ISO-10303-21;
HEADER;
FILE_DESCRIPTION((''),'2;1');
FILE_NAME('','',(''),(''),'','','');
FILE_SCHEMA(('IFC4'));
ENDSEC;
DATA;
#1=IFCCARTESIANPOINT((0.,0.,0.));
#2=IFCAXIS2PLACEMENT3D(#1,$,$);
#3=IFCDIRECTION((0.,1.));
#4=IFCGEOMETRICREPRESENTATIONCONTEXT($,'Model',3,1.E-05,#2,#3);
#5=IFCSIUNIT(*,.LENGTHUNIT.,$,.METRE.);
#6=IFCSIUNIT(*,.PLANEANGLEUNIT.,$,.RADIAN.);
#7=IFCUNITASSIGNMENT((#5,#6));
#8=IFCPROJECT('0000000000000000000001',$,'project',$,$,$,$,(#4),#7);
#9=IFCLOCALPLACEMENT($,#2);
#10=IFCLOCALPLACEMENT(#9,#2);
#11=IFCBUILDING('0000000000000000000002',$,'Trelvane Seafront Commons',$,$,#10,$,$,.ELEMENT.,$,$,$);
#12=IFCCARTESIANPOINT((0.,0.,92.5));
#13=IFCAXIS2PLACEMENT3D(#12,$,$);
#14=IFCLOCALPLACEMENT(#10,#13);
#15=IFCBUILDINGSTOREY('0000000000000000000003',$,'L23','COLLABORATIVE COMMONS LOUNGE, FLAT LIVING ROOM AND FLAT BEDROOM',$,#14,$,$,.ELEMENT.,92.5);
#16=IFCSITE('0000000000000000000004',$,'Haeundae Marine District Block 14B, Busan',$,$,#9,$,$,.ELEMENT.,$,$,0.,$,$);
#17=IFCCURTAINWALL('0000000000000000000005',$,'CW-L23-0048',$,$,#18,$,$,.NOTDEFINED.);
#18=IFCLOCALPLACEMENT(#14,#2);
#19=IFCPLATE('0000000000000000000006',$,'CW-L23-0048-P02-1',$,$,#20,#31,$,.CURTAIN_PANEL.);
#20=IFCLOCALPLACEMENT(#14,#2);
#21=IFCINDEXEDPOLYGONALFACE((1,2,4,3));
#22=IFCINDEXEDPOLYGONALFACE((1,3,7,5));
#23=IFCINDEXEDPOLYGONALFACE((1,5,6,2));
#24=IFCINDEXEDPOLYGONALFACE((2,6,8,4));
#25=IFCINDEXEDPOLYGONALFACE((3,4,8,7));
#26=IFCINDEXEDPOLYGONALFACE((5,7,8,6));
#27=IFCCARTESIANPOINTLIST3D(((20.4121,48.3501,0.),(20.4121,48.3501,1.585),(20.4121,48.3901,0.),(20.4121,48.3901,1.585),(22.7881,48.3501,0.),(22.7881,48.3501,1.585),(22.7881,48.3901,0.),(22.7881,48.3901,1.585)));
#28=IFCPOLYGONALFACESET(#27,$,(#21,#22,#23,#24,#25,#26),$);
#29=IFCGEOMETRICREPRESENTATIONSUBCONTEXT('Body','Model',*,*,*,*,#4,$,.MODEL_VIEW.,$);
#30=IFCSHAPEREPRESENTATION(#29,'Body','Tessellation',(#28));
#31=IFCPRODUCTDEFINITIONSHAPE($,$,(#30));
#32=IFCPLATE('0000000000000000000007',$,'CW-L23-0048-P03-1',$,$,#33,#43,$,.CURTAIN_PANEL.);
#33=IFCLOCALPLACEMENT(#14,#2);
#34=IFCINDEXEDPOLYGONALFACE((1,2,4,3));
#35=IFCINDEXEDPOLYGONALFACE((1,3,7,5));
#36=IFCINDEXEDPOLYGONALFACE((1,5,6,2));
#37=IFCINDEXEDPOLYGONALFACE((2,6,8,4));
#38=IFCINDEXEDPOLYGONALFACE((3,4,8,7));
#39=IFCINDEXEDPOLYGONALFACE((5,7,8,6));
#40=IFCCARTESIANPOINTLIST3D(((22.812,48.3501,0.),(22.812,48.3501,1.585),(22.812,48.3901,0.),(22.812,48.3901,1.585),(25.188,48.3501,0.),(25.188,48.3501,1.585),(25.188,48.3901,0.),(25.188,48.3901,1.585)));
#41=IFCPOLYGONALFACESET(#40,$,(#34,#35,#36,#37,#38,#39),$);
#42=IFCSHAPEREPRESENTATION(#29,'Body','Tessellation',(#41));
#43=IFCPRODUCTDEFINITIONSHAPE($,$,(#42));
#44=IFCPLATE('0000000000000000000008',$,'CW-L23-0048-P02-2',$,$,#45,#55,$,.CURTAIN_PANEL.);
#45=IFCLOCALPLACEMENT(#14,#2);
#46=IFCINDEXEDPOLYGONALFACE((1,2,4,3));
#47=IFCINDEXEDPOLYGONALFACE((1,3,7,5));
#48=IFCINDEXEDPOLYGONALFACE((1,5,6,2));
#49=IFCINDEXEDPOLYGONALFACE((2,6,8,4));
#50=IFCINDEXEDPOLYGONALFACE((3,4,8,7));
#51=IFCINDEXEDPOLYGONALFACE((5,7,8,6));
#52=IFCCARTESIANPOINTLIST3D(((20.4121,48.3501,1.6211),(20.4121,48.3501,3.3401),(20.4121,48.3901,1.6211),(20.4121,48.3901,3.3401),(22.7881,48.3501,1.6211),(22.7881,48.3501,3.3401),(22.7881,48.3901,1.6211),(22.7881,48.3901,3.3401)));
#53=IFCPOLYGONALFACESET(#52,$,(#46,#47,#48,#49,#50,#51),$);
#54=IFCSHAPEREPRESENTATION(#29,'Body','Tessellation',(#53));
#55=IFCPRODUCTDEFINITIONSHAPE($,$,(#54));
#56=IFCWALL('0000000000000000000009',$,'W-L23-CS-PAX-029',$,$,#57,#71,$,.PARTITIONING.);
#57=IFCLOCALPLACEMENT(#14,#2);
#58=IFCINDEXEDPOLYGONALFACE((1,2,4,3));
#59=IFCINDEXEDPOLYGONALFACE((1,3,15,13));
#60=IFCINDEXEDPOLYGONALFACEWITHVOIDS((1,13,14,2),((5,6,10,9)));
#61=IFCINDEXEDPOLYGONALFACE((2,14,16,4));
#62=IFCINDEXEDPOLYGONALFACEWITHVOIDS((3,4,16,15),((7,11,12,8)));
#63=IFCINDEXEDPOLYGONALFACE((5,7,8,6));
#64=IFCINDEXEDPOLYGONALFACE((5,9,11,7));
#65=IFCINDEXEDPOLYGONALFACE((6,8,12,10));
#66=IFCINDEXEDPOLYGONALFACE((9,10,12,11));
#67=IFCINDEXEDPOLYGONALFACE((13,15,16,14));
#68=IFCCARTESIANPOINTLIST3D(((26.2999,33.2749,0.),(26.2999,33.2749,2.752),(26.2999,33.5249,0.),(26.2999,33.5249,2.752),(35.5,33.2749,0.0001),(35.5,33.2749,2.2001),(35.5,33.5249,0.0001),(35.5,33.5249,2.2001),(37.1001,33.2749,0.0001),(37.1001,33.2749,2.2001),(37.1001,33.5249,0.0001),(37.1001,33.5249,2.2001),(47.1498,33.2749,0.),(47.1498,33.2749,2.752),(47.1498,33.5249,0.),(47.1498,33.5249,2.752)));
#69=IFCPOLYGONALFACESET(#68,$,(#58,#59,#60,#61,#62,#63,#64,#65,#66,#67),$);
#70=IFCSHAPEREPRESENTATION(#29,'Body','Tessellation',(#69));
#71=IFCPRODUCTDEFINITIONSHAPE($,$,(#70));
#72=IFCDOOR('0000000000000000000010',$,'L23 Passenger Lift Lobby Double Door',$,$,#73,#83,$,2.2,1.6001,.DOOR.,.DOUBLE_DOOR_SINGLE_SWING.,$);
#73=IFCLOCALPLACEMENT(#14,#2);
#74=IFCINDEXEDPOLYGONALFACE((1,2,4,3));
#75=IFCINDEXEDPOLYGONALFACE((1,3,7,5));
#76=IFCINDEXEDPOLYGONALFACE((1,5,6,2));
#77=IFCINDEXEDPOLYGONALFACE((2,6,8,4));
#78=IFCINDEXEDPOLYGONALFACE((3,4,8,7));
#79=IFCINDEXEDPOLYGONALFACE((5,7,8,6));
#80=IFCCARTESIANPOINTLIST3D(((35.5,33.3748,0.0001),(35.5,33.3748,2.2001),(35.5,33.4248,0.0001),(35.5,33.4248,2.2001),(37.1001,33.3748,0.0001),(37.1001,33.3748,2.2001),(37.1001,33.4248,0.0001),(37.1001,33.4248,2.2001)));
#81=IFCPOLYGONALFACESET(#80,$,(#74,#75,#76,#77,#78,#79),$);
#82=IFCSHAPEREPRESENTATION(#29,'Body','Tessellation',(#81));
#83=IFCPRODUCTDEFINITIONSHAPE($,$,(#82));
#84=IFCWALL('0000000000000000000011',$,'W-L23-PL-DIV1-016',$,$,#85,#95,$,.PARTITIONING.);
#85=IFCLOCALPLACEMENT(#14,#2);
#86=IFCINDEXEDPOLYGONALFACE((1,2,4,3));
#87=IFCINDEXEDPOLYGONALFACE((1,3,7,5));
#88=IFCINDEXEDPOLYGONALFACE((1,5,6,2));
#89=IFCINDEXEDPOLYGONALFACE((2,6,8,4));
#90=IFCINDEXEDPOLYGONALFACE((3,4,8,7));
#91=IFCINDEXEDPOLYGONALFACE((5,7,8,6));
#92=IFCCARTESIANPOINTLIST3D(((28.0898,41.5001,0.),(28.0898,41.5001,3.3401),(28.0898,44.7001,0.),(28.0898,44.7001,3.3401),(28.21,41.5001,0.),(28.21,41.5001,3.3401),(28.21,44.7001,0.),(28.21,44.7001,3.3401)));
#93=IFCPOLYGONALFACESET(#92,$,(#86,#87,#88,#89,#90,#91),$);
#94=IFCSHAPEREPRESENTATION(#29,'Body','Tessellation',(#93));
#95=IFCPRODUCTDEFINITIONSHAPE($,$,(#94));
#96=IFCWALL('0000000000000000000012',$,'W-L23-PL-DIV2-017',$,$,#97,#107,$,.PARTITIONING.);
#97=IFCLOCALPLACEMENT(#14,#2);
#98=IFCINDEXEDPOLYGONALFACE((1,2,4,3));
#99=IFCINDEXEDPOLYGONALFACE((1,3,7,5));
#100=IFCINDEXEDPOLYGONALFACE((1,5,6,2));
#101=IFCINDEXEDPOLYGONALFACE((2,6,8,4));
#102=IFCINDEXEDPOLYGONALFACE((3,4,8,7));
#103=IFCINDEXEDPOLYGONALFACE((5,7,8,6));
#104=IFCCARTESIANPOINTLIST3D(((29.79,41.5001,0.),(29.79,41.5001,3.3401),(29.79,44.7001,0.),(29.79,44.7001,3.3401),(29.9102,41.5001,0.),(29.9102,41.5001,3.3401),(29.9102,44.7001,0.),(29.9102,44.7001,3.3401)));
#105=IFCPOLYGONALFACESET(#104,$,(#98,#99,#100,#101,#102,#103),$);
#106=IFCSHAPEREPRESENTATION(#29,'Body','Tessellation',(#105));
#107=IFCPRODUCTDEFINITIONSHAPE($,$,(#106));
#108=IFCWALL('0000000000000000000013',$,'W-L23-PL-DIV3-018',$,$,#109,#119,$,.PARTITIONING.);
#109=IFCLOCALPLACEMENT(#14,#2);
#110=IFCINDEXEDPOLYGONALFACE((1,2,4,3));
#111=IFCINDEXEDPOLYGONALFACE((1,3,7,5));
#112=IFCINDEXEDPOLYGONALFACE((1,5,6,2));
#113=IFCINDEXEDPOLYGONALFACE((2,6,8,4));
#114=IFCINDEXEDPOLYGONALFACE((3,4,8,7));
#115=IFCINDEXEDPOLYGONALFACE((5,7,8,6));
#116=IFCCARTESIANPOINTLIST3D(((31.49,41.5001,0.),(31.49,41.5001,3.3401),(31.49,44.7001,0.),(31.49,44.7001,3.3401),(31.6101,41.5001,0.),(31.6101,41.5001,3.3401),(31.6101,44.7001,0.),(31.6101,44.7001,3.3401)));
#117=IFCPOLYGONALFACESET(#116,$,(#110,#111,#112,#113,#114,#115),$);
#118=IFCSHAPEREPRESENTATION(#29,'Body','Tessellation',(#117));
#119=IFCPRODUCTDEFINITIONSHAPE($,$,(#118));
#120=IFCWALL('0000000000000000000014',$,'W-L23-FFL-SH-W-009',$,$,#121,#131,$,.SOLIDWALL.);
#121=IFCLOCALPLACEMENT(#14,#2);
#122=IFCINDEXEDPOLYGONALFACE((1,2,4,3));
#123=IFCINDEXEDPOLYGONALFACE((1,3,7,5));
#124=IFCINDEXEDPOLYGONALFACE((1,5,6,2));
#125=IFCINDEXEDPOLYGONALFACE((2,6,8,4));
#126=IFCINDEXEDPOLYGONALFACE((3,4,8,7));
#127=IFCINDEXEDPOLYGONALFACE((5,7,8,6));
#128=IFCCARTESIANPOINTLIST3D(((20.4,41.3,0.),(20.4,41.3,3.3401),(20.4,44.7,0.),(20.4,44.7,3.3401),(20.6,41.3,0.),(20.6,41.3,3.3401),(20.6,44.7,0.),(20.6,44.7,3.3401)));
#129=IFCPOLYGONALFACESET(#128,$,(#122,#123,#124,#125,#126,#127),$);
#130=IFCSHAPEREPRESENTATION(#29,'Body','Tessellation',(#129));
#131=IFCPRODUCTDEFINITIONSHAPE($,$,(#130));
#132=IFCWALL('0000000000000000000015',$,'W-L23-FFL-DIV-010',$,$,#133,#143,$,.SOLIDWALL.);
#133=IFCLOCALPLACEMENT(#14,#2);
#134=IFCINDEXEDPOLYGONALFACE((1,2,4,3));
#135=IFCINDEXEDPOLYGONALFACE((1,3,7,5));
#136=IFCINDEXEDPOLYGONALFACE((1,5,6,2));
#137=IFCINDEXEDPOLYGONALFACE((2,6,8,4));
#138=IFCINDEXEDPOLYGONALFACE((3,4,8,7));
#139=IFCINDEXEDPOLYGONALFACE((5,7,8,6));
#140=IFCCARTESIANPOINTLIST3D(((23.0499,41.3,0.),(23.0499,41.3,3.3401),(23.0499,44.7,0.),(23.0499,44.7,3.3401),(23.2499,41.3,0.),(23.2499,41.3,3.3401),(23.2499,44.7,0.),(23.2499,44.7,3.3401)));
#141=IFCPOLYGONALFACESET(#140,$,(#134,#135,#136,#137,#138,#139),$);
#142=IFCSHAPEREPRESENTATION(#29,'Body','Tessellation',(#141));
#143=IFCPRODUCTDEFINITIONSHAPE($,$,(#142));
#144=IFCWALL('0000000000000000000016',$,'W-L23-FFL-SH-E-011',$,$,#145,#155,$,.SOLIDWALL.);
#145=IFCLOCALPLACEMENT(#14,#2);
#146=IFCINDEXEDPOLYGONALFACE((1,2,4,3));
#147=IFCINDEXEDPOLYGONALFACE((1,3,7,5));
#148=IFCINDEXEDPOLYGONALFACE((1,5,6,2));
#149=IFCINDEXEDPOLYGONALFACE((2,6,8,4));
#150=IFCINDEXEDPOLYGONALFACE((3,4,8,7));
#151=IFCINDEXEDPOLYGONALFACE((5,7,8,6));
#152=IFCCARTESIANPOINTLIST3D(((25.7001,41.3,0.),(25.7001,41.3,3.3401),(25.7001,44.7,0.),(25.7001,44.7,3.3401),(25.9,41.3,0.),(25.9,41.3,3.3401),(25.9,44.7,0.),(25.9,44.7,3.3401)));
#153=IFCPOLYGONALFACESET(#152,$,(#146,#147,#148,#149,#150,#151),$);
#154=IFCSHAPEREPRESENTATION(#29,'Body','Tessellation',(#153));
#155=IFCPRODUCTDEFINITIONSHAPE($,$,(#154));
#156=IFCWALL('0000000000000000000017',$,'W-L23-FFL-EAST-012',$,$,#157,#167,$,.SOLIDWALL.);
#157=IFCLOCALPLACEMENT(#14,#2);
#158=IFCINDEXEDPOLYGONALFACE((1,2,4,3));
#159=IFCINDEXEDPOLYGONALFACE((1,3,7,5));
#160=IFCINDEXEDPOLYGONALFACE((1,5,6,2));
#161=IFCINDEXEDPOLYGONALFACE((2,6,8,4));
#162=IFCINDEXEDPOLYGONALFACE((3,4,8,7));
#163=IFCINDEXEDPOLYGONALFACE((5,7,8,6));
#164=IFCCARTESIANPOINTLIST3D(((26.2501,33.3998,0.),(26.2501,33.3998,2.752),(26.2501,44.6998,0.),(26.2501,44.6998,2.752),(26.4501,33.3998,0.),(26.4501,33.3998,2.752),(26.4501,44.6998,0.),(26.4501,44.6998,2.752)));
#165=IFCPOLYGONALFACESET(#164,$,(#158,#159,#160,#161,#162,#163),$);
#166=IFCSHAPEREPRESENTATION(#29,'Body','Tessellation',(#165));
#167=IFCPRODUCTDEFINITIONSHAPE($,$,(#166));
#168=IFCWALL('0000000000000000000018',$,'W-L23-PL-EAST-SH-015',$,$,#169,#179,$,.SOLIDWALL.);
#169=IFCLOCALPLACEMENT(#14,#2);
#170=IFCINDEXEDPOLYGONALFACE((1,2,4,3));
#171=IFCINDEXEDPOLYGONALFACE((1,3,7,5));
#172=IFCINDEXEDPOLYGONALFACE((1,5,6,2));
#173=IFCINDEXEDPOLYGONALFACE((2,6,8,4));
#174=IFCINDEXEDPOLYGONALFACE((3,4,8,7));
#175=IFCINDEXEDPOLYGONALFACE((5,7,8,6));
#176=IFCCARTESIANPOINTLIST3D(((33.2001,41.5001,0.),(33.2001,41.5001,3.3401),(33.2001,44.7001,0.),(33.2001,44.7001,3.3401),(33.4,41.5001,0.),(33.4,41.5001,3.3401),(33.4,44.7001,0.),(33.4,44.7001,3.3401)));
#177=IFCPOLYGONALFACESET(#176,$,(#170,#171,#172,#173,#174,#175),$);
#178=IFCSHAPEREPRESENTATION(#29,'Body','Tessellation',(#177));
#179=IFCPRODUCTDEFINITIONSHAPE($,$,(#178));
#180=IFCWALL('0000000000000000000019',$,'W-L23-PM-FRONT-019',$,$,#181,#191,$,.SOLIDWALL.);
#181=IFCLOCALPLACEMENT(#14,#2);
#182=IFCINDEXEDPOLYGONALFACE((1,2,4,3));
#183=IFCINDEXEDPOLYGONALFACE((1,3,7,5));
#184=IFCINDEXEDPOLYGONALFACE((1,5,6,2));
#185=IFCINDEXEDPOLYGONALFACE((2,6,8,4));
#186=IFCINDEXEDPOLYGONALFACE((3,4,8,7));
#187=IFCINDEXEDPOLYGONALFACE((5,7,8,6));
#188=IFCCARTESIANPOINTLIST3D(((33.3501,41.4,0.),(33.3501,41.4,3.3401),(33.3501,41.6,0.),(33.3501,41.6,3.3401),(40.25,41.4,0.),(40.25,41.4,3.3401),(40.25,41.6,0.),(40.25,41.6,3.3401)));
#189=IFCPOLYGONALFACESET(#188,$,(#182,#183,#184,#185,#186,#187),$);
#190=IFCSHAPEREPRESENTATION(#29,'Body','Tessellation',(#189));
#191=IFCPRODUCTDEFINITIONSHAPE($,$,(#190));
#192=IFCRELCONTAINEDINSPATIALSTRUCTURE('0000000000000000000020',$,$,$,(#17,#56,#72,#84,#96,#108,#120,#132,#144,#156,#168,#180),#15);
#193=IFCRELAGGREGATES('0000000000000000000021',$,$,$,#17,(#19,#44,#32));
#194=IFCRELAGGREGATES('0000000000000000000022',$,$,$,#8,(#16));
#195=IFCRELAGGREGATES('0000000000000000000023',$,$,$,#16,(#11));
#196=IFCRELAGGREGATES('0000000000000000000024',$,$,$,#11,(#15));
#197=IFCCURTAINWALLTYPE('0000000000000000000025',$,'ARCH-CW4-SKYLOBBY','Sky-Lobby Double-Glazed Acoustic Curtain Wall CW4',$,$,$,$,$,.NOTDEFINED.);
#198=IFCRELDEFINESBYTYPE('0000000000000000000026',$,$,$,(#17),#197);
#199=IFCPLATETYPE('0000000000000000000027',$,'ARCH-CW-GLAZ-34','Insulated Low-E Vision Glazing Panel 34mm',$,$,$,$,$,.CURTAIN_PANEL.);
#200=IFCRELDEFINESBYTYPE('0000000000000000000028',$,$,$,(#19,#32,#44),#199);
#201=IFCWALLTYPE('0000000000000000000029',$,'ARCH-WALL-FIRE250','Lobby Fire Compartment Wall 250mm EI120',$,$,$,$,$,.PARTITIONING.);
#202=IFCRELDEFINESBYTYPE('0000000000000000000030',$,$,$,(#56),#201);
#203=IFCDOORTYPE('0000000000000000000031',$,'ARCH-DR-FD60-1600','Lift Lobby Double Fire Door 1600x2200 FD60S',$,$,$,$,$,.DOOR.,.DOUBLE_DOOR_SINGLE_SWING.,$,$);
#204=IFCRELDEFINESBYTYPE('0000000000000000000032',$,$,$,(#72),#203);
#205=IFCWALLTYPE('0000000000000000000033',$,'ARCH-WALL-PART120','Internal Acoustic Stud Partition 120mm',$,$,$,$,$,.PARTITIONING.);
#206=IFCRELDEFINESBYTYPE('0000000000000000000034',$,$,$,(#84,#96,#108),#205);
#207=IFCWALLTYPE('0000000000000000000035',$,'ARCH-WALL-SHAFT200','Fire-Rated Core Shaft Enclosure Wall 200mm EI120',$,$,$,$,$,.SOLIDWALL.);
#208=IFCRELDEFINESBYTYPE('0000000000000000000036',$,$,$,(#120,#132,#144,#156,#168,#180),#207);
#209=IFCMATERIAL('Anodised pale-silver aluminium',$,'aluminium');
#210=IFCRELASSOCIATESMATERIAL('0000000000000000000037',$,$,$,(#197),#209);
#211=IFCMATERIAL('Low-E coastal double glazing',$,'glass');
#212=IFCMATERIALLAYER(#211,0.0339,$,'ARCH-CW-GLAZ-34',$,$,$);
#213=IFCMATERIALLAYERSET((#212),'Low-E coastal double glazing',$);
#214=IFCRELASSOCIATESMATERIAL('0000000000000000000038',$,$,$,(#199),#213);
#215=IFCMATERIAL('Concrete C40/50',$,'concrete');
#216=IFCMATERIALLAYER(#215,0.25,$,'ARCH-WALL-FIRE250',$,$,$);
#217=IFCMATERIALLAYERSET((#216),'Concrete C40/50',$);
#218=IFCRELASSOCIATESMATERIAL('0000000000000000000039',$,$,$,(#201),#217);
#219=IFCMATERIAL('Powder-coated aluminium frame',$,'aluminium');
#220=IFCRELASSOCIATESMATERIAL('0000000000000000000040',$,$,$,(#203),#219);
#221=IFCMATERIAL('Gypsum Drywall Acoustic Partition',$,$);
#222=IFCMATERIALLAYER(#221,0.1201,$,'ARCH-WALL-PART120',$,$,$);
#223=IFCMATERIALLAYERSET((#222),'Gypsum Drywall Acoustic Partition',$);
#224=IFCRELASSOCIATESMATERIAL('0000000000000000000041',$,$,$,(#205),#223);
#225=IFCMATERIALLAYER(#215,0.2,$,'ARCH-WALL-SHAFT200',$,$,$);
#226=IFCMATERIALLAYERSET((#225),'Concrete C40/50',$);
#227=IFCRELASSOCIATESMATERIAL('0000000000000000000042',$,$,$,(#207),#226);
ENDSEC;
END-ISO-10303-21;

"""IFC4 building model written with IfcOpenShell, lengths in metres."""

from ifc_helpers import new_model, si_unit, direction, frame, frame_2d, origin, origin_2d, place, context, subcontext, project, spatial, rectangle, extrude, source, transform, mapped, material, layer, layer_set, type_object, element, fill, aggregate, save


model = new_model("IFC4")

# Units and contexts
model_context = context("Model", 3, precision=1e-05, world=origin(), true_north=direction((0.0, 1.0)))
body_context = subcontext(model_context, "Body", "Model", "MODEL_VIEW")
ifc_project = project(units=[si_unit("LENGTHUNIT", "METRE"), si_unit("PLANEANGLEUNIT", "RADIAN")], contexts=[model_context])

# Site, building, storey
site_placement = place(None, origin())
site = spatial("IfcSite", under=ifc_project, at=site_placement, Name="Haeundae Marine District Block 14B, Busan", CompositionType="ELEMENT", RefElevation=0.0)
building_placement = place(site_placement, origin())
building = spatial("IfcBuilding", under=site, at=building_placement, Name="Trelvane Seafront Commons", CompositionType="ELEMENT")
storey_placement = place(building_placement, frame((0.0, 0.0, 92.5)))
storey = spatial("IfcBuildingStorey", under=building, at=storey_placement, Name="L23", Description="COLLABORATIVE COMMONS LOUNGE, FLAT LIVING ROOM AND FLAT BEDROOM", CompositionType="ELEMENT", Elevation=92.5)

# Curtain wall, plates
ifc_material_1 = material(Name="Anodised pale-silver aluminium", Category="aluminium")
curtain_wall_type = type_object("IfcCurtainWallType", Name="ARCH-CW4-SKYLOBBY", Description="Sky-Lobby Double-Glazed Acoustic Curtain Wall CW4", PredefinedType="NOTDEFINED", material=ifc_material_1)
curtain_wall_placement = place(storey_placement, origin())
curtain_wall = element("IfcCurtainWall", 1, at=curtain_wall_placement, inside=storey, type_object=curtain_wall_type, Name="CW-L23-0048", PredefinedType="NOTDEFINED")
ifc_material_2 = material(Name="Low-E coastal double glazing", Category="glass")
ifc_layer_1 = layer(ifc_material_2, 0.0339, Name="ARCH-CW-GLAZ-34")
ifc_layer_set_1 = layer_set([ifc_layer_1], Name="Low-E coastal double glazing")
plate_type = type_object("IfcPlateType", Name="ARCH-CW-GLAZ-34", Description="Insulated Low-E Vision Glazing Panel 34mm", PredefinedType="CURTAIN_PANEL", material=ifc_layer_set_1)
shared_shape_1 = source(origin(), body_context, "Body", "SweptSolid", [
    extrude(rectangle(XDim=2.376, YDim=0.04, at=origin_2d()), origin(), (0.0, 0.0, 1.0), 1.585),
])
plate_1_placement = place(storey_placement, frame((21.6001, 48.3701, 0.0), z_axis=(0.0, 0.0, 1.0), x_axis=(1.0, 0.0, 0.0)))
plate_1 = element("IfcPlate", 2, at=plate_1_placement, type_object=plate_type, Name="CW-L23-0048-P02-1", PredefinedType="CURTAIN_PANEL", context=body_context, shape_type="MappedRepresentation", body=[
    mapped(shared_shape_1, transform((0.0, 0.0, 0.0), x_axis=(1.0, 0.0, 0.0), y_axis=(0.0, 1.0, 0.0), z_axis=(0.0, 0.0, 1.0), scale=1.0)),
])
plate_2_placement = place(storey_placement, frame((24.0, 48.3701, 0.0), z_axis=(0.0, 0.0, 1.0), x_axis=(1.0, 0.0, 0.0)))
plate_2 = element("IfcPlate", 3, at=plate_2_placement, type_object=plate_type, Name="CW-L23-0048-P03-1", PredefinedType="CURTAIN_PANEL", context=body_context, shape_type="MappedRepresentation", body=[
    mapped(shared_shape_1, transform((0.0, 0.0, 0.0), x_axis=(1.0, 0.0, 0.0), y_axis=(0.0, 1.0, 0.0), z_axis=(0.0, 0.0, 1.0), scale=1.0)),
])
shared_shape_2 = source(origin(), body_context, "Body", "SweptSolid", [
    extrude(rectangle(XDim=2.376, YDim=0.04, at=origin_2d()), origin(), (0.0, 0.0, 1.0), 1.719),
])
plate_3_placement = place(storey_placement, frame((21.6001, 48.3701, 1.6211), z_axis=(0.0, 0.0, 1.0), x_axis=(1.0, 0.0, 0.0)))
plate_3 = element("IfcPlate", 4, at=plate_3_placement, type_object=plate_type, Name="CW-L23-0048-P02-2", PredefinedType="CURTAIN_PANEL", context=body_context, shape_type="MappedRepresentation", body=[
    mapped(shared_shape_2, transform((0.0, 0.0, 0.0), x_axis=(1.0, 0.0, 0.0), y_axis=(0.0, 1.0, 0.0), z_axis=(0.0, 0.0, 1.0), scale=1.0)),
])
aggregate(curtain_wall, [plate_1, plate_3, plate_2])

# Wall, opening, door
ifc_material_3 = material(Name="Concrete C40/50", Category="concrete")
ifc_layer_2 = layer(ifc_material_3, 0.25, Name="ARCH-WALL-FIRE250")
ifc_layer_set_2 = layer_set([ifc_layer_2], Name="Concrete C40/50")
wall_type_1 = type_object("IfcWallType", Name="ARCH-WALL-FIRE250", Description="Lobby Fire Compartment Wall 250mm EI120", PredefinedType="PARTITIONING", material=ifc_layer_set_2)
wall_1_placement = place(storey_placement, frame((26.3, 33.3999, 0.0), z_axis=(0.0, 0.0, 1.0), x_axis=(1.0, 0.0, 0.0)))
wall_1 = element("IfcWall", 5, at=wall_1_placement, inside=storey, type_object=wall_type_1, Name="W-L23-CS-PAX-029", PredefinedType="PARTITIONING", context=body_context, shape_type="SweptSolid", body=[
    extrude(rectangle(XDim=20.8499, YDim=0.25, at=frame_2d((10.4248, 0.0))), origin(), (0.0, 0.0, 1.0), 2.752),
])
opening_1_placement = place(wall_1_placement, frame((9.2, 0.0, 0.0)))
opening_1 = element("IfcOpeningElement", 6, at=opening_1_placement, cuts=wall_1, PredefinedType="OPENING", context=body_context, shape_type="SweptSolid", body=[
    extrude(rectangle(XDim=1.6001, YDim=2.2, at=frame_2d((0.8, 1.1001))), frame((0.0, 0.135, 0.0), z_axis=(0.0, -1.0, 0.0), x_axis=(1.0, 0.0, 0.0)), (0.0, 0.0, 1.0), 0.27),
])
ifc_material_4 = material(Name="Powder-coated aluminium frame", Category="aluminium")
door_type_1 = type_object("IfcDoorType", Name="ARCH-DR-FD60-1600", Description="Lift Lobby Double Fire Door 1600x2200 FD60S", OperationType="DOUBLE_DOOR_SINGLE_SWING", PredefinedType="DOOR", material=ifc_material_4)
shared_shape_3 = source(origin(), body_context, "Body", "SweptSolid", [
    extrude(rectangle(XDim=1.6001, YDim=2.2, at=frame_2d((0.8, 1.1001))), frame((0.0, 0.0249, 0.0), z_axis=(0.0, -1.0, 0.0), x_axis=(1.0, 0.0, 0.0)), (0.0, 0.0, 1.0), 0.05),
])
door_1_placement = place(opening_1_placement, origin())
door_1 = element("IfcDoor", 7, at=door_1_placement, inside=storey, type_object=door_type_1, Name="L23 Passenger Lift Lobby Double Door", OperationType="DOUBLE_DOOR_SINGLE_SWING", OverallHeight=2.2, OverallWidth=1.6001, PredefinedType="DOOR", context=body_context, shape_type="MappedRepresentation", body=[
    mapped(shared_shape_3, transform((0.0, 0.0, 0.0), x_axis=(1.0, 0.0, 0.0), y_axis=(0.0, 1.0, 0.0), z_axis=(0.0, 0.0, 1.0), scale=1.0)),
])
fill(opening_1, door_1)

# Walls
ifc_material_5 = material(Name="Gypsum Drywall Acoustic Partition")
ifc_layer_3 = layer(ifc_material_5, 0.1201, Name="ARCH-WALL-PART120")
ifc_layer_set_3 = layer_set([ifc_layer_3], Name="Gypsum Drywall Acoustic Partition")
wall_type_2 = type_object("IfcWallType", Name="ARCH-WALL-PART120", Description="Internal Acoustic Stud Partition 120mm", PredefinedType="PARTITIONING", material=ifc_layer_set_3)
for number, where, z_axis, x_axis, name in (
    (8, (28.1499, 41.5, 0.0), (0.0, 0.0, 1.0), (0.0, 1.0, 0.0), "W-L23-PL-DIV1-016"),
    (9, (29.8501, 41.5, 0.0), (0.0, 0.0, 1.0), (0.0, 1.0, 0.0), "W-L23-PL-DIV2-017"),
    (10, (31.55, 41.5, 0.0), (0.0, 0.0, 1.0), (0.0, 1.0, 0.0), "W-L23-PL-DIV3-018"),
):
    element("IfcWall", number, at=place(storey_placement, frame(where, z_axis=z_axis, x_axis=x_axis)), inside=storey, type_object=wall_type_2, Name=name, PredefinedType="PARTITIONING", context=body_context, shape_type="SweptSolid", body=[
        extrude(rectangle(XDim=3.2, YDim=0.1201, at=frame_2d((1.6001, 0.0))), origin(), (0.0, 0.0, 1.0), 3.3401),
    ])
ifc_layer_4 = layer(ifc_material_3, 0.2, Name="ARCH-WALL-SHAFT200")
ifc_layer_set_4 = layer_set([ifc_layer_4], Name="Concrete C40/50")
wall_type_3 = type_object("IfcWallType", Name="ARCH-WALL-SHAFT200", Description="Fire-Rated Core Shaft Enclosure Wall 200mm EI120", PredefinedType="SOLIDWALL", material=ifc_layer_set_4)
for number, where, z_axis, x_axis, name in (
    (11, (20.5, 41.3, 0.0), (0.0, 0.0, 1.0), (0.0, 1.0, 0.0), "W-L23-FFL-SH-W-009"),
    (12, (23.1499, 41.3, 0.0), (0.0, 0.0, 1.0), (0.0, 1.0, 0.0), "W-L23-FFL-DIV-010"),
    (13, (25.8, 41.3, 0.0), (0.0, 0.0, 1.0), (0.0, 1.0, 0.0), "W-L23-FFL-SH-E-011"),
):
    element("IfcWall", number, at=place(storey_placement, frame(where, z_axis=z_axis, x_axis=x_axis)), inside=storey, type_object=wall_type_3, Name=name, PredefinedType="SOLIDWALL", context=body_context, shape_type="SweptSolid", body=[
        extrude(rectangle(XDim=3.3999, YDim=0.2, at=frame_2d((1.7, 0.0))), origin(), (0.0, 0.0, 1.0), 3.3401),
    ])
wall_2_placement = place(storey_placement, frame((26.3501, 33.3999, 0.0), z_axis=(0.0, 0.0, 1.0), x_axis=(0.0, 1.0, 0.0)))
element("IfcWall", 14, at=wall_2_placement, inside=storey, type_object=wall_type_3, Name="W-L23-FFL-EAST-012", PredefinedType="SOLIDWALL", context=body_context, shape_type="SweptSolid", body=[
    extrude(rectangle(XDim=11.3, YDim=0.2, at=frame_2d((5.6499, 0.0))), origin(), (0.0, 0.0, 1.0), 2.752),
])

# Walls
wall_3_placement = place(storey_placement, frame((33.3, 41.5, 0.0), z_axis=(0.0, 0.0, 1.0), x_axis=(0.0, 1.0, 0.0)))
element("IfcWall", 15, at=wall_3_placement, inside=storey, type_object=wall_type_3, Name="W-L23-PL-EAST-SH-015", PredefinedType="SOLIDWALL", context=body_context, shape_type="SweptSolid", body=[
    extrude(rectangle(XDim=3.2, YDim=0.2, at=frame_2d((1.6001, 0.0))), origin(), (0.0, 0.0, 1.0), 3.3401),
])
wall_4_placement = place(storey_placement, frame((33.3501, 41.5, 0.0), z_axis=(0.0, 0.0, 1.0), x_axis=(1.0, 0.0, 0.0)))
element("IfcWall", 16, at=wall_4_placement, inside=storey, type_object=wall_type_3, Name="W-L23-PM-FRONT-019", PredefinedType="SOLIDWALL", context=body_context, shape_type="SweptSolid", body=[
    extrude(rectangle(XDim=6.8999, YDim=0.2, at=frame_2d((3.45, 0.0))), origin(), (0.0, 0.0, 1.0), 3.3401),
])

save(model, "model.ifc")
